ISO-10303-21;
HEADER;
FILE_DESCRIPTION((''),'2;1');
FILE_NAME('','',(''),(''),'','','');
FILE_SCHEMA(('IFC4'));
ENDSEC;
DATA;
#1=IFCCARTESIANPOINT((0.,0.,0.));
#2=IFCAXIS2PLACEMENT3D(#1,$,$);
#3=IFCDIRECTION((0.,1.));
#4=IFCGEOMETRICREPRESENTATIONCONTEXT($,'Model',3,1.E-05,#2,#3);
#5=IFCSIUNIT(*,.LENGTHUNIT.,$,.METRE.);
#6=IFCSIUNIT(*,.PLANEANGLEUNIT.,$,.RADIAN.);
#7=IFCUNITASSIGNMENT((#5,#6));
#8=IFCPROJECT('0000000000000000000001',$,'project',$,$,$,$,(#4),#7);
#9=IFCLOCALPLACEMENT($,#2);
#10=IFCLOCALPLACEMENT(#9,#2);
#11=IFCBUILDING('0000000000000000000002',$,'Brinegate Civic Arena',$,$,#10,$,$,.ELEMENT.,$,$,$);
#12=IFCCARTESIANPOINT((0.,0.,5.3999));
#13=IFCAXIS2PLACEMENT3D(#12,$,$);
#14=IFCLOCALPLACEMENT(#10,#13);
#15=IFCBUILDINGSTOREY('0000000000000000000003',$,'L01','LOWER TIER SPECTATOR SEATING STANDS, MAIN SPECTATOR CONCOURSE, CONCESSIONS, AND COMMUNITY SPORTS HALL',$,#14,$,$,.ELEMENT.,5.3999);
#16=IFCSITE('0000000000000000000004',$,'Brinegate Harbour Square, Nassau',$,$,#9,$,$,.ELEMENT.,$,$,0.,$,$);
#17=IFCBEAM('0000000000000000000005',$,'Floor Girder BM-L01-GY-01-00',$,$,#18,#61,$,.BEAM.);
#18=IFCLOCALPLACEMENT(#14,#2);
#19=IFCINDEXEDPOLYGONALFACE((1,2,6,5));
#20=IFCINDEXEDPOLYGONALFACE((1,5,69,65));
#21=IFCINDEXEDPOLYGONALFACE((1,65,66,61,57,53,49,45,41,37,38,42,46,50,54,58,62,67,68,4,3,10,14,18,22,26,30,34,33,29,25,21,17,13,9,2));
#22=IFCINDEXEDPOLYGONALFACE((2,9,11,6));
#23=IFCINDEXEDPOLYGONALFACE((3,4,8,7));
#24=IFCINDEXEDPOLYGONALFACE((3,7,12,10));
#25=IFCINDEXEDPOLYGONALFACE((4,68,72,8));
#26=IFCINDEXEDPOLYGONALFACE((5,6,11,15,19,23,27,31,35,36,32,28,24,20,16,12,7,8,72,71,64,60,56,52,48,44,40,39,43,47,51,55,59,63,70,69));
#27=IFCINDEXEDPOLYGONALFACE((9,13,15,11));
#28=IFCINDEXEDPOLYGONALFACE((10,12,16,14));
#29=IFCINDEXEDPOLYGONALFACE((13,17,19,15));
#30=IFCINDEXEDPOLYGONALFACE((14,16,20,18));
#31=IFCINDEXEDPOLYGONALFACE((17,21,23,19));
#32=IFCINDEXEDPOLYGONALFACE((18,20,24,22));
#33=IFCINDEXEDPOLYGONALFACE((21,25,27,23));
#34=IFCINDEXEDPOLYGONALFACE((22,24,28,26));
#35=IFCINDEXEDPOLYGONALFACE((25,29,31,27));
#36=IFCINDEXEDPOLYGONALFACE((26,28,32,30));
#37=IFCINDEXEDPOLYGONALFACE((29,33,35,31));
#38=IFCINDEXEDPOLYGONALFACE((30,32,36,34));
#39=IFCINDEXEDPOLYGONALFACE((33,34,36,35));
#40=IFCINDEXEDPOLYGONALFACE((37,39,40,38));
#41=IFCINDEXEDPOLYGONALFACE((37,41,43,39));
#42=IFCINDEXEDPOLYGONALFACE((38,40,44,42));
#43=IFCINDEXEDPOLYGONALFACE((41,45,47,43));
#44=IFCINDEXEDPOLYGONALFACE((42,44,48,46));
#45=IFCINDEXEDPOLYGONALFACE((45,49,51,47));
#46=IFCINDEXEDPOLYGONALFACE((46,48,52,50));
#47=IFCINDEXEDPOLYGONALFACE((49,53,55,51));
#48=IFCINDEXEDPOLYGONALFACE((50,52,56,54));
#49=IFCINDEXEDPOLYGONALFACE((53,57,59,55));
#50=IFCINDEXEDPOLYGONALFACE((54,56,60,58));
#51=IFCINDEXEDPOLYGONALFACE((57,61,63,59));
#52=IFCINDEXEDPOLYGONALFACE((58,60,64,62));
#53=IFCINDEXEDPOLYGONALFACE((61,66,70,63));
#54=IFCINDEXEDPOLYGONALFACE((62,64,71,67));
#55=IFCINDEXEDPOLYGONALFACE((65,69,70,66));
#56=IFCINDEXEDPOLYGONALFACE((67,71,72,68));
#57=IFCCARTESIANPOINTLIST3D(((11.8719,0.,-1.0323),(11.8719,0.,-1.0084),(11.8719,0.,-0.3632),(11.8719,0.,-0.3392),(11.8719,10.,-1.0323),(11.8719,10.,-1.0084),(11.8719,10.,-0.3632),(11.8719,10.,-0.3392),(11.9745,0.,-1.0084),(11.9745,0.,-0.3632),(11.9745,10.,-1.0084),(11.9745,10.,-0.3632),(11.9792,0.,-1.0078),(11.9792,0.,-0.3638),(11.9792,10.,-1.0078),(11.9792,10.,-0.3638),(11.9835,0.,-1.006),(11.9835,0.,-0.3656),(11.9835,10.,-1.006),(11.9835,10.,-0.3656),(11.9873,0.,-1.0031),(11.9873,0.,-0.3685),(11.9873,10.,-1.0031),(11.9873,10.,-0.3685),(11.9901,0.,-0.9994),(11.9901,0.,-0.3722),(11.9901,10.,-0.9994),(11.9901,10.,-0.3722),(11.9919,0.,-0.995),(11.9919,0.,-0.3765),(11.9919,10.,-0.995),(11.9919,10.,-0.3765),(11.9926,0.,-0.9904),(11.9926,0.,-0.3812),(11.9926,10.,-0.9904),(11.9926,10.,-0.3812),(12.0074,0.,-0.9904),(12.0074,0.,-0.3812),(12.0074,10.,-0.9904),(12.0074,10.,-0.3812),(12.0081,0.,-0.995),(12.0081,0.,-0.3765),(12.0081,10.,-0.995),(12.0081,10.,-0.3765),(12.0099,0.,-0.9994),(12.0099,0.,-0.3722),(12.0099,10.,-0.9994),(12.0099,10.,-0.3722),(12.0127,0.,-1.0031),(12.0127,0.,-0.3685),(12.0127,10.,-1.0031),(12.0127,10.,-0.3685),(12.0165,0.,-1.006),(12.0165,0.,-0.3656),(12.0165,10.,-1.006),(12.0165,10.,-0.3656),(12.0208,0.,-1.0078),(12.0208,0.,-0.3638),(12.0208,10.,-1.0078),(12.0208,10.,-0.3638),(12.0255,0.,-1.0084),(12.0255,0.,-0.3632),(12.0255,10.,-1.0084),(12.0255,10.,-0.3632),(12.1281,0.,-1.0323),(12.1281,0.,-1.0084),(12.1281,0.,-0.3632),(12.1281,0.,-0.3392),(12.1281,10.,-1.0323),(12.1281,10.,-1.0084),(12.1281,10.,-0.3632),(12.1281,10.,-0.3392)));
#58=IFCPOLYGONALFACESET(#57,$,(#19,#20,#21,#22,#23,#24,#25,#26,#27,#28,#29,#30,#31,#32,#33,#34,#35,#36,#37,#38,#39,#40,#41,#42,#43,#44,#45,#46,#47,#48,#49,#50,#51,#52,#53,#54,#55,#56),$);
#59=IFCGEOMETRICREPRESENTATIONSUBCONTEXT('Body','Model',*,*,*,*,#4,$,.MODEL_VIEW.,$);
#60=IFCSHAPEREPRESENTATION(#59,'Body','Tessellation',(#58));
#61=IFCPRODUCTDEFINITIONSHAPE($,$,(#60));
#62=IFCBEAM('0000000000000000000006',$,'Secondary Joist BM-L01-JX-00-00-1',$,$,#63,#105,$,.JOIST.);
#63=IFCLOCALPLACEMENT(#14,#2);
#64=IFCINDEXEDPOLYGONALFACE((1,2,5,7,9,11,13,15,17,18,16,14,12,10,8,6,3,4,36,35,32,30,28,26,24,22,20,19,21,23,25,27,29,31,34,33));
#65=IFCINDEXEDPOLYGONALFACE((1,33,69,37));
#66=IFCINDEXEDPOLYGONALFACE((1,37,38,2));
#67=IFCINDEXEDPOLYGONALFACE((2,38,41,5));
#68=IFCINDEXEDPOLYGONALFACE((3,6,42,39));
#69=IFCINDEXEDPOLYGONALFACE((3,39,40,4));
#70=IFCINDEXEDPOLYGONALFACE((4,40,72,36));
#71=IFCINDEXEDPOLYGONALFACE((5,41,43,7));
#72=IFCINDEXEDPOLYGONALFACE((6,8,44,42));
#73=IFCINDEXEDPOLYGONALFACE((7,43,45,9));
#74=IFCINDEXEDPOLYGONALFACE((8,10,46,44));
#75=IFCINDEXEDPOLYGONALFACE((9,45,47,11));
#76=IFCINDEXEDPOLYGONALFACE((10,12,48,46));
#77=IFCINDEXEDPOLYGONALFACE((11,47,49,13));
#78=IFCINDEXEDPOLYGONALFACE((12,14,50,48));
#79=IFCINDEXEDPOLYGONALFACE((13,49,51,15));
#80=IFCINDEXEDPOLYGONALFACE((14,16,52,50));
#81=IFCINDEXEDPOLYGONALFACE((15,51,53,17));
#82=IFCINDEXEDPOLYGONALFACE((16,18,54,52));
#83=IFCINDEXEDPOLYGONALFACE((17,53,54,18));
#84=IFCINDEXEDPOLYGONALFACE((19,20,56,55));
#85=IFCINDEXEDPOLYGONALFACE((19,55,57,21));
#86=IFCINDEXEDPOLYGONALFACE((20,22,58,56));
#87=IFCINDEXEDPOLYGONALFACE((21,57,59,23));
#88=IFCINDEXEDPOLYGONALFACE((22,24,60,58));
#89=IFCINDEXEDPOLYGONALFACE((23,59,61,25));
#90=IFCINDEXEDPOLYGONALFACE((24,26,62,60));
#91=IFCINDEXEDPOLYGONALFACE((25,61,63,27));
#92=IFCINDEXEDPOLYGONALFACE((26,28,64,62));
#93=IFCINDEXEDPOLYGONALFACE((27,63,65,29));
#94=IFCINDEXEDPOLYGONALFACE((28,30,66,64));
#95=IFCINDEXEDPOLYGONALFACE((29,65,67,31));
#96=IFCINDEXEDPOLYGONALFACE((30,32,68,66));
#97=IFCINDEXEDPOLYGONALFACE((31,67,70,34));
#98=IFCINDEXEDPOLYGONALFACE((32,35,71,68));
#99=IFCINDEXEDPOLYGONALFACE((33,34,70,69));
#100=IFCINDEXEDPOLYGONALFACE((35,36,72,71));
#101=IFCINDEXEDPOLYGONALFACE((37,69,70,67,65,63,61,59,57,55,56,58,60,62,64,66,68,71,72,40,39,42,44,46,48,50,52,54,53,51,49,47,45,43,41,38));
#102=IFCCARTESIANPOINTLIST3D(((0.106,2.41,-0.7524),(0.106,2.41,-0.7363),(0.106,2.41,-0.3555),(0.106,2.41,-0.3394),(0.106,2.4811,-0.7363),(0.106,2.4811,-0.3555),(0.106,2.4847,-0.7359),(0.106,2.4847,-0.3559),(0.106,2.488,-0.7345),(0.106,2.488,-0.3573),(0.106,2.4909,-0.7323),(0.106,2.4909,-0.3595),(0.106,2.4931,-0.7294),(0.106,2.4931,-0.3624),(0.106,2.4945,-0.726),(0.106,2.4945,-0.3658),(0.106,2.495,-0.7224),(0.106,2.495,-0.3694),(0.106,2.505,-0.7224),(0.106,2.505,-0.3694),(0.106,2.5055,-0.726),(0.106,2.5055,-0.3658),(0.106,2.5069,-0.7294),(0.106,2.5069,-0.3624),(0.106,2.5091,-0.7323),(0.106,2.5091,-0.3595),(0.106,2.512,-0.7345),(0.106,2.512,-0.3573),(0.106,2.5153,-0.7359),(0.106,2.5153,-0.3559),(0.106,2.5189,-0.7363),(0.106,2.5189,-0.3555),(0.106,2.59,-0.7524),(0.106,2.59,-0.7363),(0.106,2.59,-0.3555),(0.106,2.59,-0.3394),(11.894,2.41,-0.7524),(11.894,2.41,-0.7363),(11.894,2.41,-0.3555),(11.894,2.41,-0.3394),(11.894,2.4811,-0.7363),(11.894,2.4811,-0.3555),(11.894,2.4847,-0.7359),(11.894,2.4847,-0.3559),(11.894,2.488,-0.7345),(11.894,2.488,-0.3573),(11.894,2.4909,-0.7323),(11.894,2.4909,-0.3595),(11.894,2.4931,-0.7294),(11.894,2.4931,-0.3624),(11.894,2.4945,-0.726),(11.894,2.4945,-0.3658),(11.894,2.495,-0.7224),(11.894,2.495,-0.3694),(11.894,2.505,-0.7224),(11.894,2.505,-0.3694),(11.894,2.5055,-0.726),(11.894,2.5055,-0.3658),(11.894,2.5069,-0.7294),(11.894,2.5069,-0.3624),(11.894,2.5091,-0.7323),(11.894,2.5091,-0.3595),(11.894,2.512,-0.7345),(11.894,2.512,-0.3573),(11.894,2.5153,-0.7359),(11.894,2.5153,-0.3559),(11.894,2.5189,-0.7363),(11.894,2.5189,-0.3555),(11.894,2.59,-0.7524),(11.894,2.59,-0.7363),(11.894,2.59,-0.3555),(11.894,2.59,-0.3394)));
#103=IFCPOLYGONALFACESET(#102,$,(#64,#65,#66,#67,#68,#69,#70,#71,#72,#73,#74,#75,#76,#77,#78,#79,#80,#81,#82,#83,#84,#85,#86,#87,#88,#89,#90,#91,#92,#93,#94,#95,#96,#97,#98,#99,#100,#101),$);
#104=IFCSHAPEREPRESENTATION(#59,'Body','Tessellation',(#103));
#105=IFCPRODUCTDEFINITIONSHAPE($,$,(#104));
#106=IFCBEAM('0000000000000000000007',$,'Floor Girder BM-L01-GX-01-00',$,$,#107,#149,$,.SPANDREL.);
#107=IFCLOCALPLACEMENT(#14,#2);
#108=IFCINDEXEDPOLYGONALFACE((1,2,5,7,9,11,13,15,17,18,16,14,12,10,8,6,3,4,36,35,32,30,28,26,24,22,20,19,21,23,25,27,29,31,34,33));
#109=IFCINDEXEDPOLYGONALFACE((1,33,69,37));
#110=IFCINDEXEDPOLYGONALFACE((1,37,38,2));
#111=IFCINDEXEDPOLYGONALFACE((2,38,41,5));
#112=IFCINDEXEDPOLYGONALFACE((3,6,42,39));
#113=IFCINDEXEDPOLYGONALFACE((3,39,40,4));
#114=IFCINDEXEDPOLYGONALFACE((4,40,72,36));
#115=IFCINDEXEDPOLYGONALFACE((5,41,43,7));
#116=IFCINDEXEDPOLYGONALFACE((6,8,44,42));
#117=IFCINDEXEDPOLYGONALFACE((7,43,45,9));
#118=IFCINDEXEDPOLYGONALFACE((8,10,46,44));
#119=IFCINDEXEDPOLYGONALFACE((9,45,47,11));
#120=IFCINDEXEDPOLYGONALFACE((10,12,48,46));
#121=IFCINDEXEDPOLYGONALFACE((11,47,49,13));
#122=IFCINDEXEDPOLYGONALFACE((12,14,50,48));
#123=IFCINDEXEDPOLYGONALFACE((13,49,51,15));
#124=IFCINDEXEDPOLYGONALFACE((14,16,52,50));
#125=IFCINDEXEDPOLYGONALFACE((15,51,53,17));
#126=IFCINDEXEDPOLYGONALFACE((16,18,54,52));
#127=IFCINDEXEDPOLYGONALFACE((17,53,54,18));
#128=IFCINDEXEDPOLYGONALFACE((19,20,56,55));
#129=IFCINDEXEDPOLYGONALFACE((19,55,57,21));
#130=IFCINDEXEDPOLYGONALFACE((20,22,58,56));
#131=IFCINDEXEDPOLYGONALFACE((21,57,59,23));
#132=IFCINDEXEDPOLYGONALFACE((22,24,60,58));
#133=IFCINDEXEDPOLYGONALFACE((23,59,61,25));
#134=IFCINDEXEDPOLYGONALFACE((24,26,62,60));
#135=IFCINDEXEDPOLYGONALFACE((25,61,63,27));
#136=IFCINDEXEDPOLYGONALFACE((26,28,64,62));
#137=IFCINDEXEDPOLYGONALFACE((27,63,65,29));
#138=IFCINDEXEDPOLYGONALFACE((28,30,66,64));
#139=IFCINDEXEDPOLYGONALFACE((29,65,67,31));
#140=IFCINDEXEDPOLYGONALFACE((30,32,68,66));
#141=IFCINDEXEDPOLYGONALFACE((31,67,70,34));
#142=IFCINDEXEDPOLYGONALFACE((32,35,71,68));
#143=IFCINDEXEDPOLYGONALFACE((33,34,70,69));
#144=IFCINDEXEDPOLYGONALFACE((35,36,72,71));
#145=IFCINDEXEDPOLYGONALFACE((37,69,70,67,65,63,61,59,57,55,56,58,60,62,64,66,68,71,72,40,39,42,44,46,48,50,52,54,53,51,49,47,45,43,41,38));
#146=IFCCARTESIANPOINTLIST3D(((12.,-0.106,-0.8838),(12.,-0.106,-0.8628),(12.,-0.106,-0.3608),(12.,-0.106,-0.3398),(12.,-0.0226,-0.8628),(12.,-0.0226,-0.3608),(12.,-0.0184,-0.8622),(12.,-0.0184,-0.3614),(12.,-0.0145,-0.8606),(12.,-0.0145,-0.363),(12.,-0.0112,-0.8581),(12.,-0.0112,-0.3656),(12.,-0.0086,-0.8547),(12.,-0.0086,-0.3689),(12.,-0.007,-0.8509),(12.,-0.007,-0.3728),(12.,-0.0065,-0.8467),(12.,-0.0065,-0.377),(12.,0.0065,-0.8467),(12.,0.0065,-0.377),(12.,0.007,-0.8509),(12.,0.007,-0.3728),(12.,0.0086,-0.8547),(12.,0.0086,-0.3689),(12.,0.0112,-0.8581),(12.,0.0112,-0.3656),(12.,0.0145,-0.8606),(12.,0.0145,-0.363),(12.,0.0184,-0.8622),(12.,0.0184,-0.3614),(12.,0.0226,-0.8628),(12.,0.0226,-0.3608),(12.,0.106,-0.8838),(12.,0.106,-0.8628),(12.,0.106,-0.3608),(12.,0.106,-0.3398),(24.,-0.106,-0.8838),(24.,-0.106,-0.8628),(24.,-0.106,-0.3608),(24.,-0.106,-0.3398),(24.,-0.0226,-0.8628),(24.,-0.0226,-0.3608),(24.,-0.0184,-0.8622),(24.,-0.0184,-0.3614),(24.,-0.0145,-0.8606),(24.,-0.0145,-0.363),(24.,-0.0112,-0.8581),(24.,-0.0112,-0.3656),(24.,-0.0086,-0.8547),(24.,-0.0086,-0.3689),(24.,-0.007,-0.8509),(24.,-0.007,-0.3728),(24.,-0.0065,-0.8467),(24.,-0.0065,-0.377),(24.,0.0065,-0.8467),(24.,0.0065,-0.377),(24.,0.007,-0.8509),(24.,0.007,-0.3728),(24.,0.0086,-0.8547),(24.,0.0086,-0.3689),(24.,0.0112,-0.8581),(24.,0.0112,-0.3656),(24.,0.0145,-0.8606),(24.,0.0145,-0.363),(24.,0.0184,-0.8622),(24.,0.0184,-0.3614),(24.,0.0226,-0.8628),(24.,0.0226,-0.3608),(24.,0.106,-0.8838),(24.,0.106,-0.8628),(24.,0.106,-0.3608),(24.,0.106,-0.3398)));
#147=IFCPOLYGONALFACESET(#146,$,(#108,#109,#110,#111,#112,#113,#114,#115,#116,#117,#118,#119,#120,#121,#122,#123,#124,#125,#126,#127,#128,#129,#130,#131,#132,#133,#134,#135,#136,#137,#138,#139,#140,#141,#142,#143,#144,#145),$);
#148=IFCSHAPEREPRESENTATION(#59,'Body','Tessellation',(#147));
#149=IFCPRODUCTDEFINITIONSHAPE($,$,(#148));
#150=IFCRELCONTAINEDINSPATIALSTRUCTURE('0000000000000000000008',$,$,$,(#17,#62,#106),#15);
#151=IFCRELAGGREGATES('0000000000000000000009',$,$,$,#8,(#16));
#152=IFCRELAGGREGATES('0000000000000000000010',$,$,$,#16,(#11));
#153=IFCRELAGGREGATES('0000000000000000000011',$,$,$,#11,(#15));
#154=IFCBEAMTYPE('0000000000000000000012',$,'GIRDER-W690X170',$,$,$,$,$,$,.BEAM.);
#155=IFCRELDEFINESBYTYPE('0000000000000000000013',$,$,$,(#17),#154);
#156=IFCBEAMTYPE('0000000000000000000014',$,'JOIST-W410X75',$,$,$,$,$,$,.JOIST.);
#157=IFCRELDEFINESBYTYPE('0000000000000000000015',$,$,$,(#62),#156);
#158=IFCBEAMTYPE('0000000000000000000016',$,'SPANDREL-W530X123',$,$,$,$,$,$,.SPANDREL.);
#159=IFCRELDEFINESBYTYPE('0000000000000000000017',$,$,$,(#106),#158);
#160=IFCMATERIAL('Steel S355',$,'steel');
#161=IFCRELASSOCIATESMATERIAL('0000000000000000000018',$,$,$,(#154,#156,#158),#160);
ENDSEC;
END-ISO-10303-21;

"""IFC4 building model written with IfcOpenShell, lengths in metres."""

from ifc_helpers import new_model, si_unit, direction, frame, origin, origin_2d, place, context, subcontext, project, spatial, i_section, extrude, material, material_profile, profile_set, type_object, element, save


model = new_model("IFC4")

# Units and contexts
model_context = context("Model", 3, precision=1e-05, world=origin(), true_north=direction((0.0, 1.0)))
body_context = subcontext(model_context, "Body", "Model", "MODEL_VIEW")
ifc_project = project(units=[si_unit("LENGTHUNIT", "METRE"), si_unit("PLANEANGLEUNIT", "RADIAN")], contexts=[model_context])

# Site, building, storey
site_placement = place(None, origin())
site = spatial("IfcSite", under=ifc_project, at=site_placement, Name="Brinegate Harbour Square, Nassau", CompositionType="ELEMENT", RefElevation=0.0)
building_placement = place(site_placement, origin())
building = spatial("IfcBuilding", under=site, at=building_placement, Name="Brinegate Civic Arena", CompositionType="ELEMENT")
storey_placement = place(building_placement, frame((0.0, 0.0, 5.3999)))
storey = spatial("IfcBuildingStorey", under=building, at=storey_placement, Name="L01", Description="LOWER TIER SPECTATOR SEATING STANDS, MAIN SPECTATOR CONCOURSE, CONCESSIONS, AND COMMUNITY SPORTS HALL", CompositionType="ELEMENT", Elevation=5.3999)

# Beams
ifc_material_1 = material(Name="Steel S355", Category="steel")
ifc_material_profile_1 = material_profile(ifc_material_1, i_section(OverallWidth=0.2561, OverallDepth=0.6931, WebThickness=0.0149, FlangeThickness=0.0239, FilletRadius=0.0181, at=origin_2d()), Name="W690X170")
ifc_profile_set_1 = profile_set([ifc_material_profile_1], Name="Steel S355")
beam_type_1 = type_object("IfcBeamType", Name="GIRDER-W690X170", PredefinedType="BEAM", material=ifc_profile_set_1)
beam_1_placement = place(storey_placement, frame((12.0, 0.0, -0.6858), z_axis=(0.0, 1.0, 0.0), x_axis=(-1.0, 0.0, 0.0)))
element("IfcBeam", 1, at=beam_1_placement, inside=storey, type_object=beam_type_1, Name="Floor Girder BM-L01-GY-01-00", PredefinedType="BEAM", context=body_context, shape_type="SweptSolid", body=[
    extrude(i_section(OverallWidth=0.2561, OverallDepth=0.6931, WebThickness=0.0149, FlangeThickness=0.0239, FilletRadius=0.0181, at=origin_2d()), origin(), (0.0, 0.0, 1.0), 10.0),
])
ifc_material_profile_2 = material_profile(ifc_material_1, i_section(OverallWidth=0.1799, OverallDepth=0.4131, WebThickness=0.01, FlangeThickness=0.0161, FilletRadius=0.0139, at=origin_2d()), Name="W410X75")
ifc_profile_set_2 = profile_set([ifc_material_profile_2], Name="Steel S355")
beam_type_2 = type_object("IfcBeamType", Name="JOIST-W410X75", PredefinedType="JOIST", material=ifc_profile_set_2)
beam_2_placement = place(storey_placement, frame((0.106, 2.5, -0.5459), z_axis=(1.0, 0.0, 0.0), x_axis=(0.0, 1.0, 0.0)))
element("IfcBeam", 2, at=beam_2_placement, inside=storey, type_object=beam_type_2, Name="Secondary Joist BM-L01-JX-00-00-1", PredefinedType="JOIST", context=body_context, shape_type="SweptSolid", body=[
    extrude(i_section(OverallWidth=0.1799, OverallDepth=0.4131, WebThickness=0.01, FlangeThickness=0.0161, FilletRadius=0.0139, at=origin_2d()), origin(), (0.0, 0.0, 1.0), 11.7881),
])
ifc_material_profile_3 = material_profile(ifc_material_1, i_section(OverallWidth=0.2119, OverallDepth=0.5439, WebThickness=0.0129, FlangeThickness=0.021, FilletRadius=0.0161, at=origin_2d()), Name="W530X123")
ifc_profile_set_3 = profile_set([ifc_material_profile_3], Name="Steel S355")
beam_type_3 = type_object("IfcBeamType", Name="SPANDREL-W530X123", PredefinedType="SPANDREL", material=ifc_profile_set_3)
beam_3_placement = place(storey_placement, frame((12.0, 0.0, -0.6118), z_axis=(1.0, 0.0, 0.0), x_axis=(0.0, 1.0, 0.0)))
element("IfcBeam", 3, at=beam_3_placement, inside=storey, type_object=beam_type_3, Name="Floor Girder BM-L01-GX-01-00", PredefinedType="SPANDREL", context=body_context, shape_type="SweptSolid", body=[
    extrude(i_section(OverallWidth=0.2119, OverallDepth=0.5439, WebThickness=0.0129, FlangeThickness=0.021, FilletRadius=0.0161, at=origin_2d()), origin(), (0.0, 0.0, 1.0), 12.0),
])

save(model, "model.ifc")
